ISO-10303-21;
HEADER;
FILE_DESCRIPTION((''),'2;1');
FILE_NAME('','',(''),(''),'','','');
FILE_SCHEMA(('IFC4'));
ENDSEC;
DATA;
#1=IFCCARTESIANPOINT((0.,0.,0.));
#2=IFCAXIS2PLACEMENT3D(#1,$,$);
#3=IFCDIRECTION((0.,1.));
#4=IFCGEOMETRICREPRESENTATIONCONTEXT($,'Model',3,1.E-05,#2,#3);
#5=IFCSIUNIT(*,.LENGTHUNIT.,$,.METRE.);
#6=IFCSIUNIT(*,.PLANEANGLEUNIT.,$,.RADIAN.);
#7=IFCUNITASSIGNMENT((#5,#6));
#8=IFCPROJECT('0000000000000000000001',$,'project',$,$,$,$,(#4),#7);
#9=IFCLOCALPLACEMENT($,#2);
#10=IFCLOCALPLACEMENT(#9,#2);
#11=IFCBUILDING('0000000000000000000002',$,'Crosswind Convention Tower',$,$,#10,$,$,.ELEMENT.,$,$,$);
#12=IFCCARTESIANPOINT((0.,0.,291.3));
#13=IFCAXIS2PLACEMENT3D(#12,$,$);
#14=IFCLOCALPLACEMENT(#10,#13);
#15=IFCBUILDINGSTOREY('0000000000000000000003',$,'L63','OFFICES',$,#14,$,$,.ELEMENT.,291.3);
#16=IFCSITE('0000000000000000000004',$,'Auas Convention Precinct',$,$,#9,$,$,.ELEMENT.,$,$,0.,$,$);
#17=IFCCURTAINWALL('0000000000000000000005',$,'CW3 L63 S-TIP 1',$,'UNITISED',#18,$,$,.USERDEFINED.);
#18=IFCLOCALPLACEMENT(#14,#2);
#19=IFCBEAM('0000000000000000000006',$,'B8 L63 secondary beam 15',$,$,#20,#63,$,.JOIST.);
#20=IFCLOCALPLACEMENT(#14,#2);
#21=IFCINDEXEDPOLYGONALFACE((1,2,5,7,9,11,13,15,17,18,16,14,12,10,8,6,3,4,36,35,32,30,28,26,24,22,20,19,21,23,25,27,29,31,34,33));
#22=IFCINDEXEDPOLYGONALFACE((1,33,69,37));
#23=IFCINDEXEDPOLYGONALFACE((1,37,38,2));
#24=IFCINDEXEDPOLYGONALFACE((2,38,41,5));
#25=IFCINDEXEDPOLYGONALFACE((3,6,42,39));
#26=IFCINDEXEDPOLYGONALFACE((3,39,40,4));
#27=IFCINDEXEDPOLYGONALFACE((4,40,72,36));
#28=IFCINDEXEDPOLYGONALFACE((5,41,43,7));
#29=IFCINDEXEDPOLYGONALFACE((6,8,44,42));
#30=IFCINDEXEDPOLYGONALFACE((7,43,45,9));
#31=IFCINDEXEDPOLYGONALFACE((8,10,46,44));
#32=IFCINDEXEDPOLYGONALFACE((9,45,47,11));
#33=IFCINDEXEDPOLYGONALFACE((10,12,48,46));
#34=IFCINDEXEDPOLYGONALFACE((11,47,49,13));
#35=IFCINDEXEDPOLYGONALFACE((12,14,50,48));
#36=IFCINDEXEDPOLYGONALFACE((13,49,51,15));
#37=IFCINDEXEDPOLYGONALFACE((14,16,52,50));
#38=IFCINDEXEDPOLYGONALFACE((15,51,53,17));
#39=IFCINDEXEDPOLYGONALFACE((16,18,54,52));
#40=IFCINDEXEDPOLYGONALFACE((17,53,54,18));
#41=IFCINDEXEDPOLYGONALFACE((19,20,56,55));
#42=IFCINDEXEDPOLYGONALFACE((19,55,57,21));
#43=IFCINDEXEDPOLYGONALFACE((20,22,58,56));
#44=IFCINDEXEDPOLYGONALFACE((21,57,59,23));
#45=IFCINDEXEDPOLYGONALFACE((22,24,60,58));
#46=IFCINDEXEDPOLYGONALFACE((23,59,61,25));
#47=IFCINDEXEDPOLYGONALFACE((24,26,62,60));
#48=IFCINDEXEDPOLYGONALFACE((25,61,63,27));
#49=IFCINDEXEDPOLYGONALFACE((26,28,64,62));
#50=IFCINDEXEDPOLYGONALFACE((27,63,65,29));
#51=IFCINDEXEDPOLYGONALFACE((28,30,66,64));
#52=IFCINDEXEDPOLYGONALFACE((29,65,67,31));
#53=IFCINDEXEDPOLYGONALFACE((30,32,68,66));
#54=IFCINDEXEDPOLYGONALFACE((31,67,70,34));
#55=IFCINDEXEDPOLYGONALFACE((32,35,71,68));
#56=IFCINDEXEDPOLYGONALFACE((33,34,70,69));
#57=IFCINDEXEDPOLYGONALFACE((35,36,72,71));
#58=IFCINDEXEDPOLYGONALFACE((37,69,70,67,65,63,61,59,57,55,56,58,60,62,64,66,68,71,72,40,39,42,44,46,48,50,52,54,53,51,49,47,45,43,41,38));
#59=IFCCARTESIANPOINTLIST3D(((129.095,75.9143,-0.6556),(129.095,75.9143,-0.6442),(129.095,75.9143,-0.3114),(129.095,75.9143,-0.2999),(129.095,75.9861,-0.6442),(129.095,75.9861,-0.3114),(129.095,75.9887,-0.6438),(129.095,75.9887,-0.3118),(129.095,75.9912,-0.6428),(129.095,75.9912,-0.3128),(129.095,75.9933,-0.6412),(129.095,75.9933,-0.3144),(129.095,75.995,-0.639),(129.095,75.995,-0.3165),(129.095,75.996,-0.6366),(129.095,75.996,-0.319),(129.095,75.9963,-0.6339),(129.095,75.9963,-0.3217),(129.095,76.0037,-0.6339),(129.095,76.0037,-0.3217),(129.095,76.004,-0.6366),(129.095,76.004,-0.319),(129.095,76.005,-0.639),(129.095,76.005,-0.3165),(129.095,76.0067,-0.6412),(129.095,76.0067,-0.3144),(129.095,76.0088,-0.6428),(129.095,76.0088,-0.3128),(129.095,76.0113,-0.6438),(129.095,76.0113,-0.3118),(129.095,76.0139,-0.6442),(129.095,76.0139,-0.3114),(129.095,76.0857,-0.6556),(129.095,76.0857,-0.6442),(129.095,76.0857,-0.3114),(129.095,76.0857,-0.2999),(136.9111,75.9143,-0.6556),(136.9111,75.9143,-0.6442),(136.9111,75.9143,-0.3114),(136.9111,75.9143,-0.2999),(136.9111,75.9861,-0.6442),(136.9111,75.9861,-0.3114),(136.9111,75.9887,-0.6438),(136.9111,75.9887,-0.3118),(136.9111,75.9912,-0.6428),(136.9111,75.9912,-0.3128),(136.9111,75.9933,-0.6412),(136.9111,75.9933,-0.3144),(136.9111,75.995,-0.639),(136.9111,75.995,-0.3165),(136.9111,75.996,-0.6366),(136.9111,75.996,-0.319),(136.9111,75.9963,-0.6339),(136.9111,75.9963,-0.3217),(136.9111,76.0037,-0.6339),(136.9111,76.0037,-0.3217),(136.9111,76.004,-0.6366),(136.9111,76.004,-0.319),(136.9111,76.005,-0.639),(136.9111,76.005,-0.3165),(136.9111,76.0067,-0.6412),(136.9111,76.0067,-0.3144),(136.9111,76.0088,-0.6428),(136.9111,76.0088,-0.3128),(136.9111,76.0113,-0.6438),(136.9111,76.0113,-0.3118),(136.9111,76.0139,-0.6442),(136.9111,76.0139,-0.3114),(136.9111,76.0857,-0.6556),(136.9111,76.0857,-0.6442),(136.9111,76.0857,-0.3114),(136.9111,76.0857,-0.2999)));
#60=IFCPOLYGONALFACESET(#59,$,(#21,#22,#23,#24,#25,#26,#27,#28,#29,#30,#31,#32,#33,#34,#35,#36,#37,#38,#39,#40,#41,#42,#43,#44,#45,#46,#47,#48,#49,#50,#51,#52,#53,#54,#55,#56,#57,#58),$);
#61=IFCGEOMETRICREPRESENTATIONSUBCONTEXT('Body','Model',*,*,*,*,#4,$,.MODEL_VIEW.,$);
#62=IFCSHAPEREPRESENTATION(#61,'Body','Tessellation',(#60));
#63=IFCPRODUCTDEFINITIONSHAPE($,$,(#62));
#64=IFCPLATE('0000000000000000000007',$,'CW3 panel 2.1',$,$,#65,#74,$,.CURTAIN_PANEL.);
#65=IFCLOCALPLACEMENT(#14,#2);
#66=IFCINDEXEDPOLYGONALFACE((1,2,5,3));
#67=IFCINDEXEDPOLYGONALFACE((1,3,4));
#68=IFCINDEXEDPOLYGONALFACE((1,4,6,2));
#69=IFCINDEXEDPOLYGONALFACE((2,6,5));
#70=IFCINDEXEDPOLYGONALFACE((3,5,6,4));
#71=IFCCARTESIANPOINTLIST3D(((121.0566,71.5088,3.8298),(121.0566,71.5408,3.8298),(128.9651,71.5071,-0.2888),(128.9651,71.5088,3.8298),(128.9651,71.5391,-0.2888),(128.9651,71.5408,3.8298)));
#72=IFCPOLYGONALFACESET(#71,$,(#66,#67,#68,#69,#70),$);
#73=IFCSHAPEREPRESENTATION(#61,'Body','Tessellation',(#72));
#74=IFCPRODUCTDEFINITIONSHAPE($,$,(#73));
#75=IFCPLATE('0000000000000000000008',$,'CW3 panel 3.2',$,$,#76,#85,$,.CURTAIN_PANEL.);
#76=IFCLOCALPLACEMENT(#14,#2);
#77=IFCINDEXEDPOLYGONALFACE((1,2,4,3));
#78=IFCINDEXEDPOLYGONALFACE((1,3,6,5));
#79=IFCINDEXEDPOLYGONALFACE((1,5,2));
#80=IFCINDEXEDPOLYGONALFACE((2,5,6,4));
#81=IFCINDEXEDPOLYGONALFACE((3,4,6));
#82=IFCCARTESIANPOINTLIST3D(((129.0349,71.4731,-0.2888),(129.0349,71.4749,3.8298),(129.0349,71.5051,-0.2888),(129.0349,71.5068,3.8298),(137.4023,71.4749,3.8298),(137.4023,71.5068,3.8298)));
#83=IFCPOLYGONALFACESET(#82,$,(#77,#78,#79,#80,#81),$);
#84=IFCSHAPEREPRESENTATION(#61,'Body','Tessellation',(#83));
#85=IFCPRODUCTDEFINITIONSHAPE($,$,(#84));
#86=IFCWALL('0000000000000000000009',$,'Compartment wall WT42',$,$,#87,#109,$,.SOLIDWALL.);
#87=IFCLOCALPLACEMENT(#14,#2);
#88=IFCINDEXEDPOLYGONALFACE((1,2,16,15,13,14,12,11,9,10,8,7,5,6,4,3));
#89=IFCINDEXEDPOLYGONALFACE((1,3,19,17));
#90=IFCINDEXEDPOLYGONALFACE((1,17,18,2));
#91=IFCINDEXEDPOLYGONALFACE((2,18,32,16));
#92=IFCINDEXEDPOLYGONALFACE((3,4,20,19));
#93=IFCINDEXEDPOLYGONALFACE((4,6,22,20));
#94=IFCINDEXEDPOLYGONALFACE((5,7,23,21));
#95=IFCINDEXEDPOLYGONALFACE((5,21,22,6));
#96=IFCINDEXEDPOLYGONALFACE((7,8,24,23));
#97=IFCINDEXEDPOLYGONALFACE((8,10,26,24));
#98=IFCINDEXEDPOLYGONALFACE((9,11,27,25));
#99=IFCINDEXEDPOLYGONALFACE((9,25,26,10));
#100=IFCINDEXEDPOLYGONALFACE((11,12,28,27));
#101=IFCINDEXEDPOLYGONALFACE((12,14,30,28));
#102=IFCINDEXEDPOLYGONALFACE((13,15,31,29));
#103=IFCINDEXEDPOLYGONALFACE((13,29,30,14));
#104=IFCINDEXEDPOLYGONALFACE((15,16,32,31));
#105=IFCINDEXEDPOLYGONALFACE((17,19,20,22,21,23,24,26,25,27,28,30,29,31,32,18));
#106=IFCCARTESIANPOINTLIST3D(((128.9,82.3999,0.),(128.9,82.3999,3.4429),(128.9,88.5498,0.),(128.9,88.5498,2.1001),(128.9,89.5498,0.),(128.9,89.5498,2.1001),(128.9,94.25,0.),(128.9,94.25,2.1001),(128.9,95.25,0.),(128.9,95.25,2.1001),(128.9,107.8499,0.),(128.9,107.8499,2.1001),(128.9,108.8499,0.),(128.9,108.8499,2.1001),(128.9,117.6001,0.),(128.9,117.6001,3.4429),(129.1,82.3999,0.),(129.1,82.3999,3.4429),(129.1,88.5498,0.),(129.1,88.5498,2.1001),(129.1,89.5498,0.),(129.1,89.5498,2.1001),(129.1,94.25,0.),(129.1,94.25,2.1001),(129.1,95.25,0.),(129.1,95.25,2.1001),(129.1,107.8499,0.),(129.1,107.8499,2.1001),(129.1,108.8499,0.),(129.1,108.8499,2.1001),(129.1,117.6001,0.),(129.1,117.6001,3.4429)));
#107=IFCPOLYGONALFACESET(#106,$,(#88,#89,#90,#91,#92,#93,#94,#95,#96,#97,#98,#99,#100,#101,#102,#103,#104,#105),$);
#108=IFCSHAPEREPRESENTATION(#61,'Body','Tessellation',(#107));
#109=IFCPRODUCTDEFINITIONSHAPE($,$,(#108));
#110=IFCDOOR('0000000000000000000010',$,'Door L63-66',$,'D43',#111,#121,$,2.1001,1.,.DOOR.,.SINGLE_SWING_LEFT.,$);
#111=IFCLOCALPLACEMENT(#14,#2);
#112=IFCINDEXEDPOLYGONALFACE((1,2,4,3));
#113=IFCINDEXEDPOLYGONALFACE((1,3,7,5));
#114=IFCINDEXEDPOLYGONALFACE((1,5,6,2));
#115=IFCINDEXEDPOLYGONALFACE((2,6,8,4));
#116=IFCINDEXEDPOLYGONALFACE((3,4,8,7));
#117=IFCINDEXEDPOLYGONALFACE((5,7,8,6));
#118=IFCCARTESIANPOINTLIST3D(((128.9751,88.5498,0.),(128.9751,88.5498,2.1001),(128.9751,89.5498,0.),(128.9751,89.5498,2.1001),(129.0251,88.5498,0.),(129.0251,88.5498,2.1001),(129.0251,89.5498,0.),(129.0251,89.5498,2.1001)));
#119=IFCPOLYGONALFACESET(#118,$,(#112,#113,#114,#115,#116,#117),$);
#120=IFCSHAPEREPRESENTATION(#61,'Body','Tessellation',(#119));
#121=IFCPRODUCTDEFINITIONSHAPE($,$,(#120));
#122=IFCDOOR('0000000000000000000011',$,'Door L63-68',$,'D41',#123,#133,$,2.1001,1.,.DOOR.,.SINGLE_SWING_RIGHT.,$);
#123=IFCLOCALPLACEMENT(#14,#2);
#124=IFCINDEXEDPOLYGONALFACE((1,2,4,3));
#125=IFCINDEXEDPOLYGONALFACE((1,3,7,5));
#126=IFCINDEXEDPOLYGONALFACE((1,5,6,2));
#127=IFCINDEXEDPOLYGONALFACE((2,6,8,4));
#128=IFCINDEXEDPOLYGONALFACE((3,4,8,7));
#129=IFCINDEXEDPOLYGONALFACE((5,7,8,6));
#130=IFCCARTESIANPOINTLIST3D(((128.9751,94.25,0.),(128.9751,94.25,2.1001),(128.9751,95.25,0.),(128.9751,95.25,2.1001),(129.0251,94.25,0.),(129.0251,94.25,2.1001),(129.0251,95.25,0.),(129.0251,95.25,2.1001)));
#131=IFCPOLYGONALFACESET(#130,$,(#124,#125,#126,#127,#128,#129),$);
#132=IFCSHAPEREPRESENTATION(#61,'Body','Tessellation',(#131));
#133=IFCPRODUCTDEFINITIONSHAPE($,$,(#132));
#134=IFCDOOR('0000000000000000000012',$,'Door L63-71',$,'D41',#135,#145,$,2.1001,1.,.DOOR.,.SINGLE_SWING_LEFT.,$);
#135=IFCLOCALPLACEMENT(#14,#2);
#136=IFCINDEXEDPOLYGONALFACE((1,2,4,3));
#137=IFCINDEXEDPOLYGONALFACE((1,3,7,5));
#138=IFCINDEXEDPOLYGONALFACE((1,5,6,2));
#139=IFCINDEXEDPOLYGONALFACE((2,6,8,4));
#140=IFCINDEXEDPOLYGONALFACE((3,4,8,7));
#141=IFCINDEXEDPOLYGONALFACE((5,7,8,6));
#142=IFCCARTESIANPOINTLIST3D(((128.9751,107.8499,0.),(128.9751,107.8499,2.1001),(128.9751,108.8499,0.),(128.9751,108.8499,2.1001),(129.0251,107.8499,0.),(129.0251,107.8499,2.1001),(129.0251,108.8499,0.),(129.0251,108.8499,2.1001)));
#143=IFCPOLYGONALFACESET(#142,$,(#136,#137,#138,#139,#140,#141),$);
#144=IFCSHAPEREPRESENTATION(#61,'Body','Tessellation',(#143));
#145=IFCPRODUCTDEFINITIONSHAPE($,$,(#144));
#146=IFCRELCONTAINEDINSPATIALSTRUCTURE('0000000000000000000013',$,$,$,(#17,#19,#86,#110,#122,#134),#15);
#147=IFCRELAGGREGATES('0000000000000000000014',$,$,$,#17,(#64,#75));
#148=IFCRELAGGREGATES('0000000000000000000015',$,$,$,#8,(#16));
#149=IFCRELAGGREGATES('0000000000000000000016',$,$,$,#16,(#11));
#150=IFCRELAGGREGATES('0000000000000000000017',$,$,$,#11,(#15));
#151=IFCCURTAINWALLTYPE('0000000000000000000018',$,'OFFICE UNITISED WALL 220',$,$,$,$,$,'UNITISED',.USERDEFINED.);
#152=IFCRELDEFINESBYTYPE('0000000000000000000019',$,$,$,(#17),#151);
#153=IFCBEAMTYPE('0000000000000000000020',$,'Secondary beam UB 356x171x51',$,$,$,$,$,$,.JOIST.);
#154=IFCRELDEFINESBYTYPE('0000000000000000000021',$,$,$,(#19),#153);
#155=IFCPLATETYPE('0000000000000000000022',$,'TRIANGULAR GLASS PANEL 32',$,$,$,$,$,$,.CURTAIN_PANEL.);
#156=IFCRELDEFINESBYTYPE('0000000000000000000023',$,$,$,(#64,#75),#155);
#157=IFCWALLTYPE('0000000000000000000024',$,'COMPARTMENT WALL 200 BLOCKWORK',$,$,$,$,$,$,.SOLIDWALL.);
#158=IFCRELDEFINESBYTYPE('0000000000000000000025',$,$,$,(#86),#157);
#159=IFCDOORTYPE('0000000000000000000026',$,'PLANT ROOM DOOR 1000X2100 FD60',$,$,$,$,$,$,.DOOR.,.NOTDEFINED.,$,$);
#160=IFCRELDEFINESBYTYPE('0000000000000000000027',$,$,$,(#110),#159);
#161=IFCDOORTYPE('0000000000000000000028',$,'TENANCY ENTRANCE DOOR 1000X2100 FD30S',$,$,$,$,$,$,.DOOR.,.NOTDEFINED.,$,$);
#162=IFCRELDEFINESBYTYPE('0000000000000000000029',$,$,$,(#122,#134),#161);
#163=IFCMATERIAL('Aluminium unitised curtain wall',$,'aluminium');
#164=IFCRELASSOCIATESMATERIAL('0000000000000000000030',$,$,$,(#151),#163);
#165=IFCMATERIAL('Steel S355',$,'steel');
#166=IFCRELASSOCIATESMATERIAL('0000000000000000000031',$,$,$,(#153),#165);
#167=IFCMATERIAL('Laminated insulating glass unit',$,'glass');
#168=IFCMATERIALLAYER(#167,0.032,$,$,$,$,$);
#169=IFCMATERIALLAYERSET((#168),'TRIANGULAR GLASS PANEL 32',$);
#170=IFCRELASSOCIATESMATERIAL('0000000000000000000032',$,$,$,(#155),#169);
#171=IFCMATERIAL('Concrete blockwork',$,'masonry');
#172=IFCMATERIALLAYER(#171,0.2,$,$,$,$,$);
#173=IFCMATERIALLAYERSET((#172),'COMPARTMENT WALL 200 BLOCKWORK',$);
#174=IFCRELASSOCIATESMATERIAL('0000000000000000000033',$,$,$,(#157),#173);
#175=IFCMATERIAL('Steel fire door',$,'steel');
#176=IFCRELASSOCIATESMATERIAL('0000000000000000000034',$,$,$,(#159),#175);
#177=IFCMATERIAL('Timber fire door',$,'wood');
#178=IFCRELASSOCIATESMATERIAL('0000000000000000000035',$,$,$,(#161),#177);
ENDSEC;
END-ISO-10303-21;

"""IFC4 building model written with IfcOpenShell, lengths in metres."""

from ifc_helpers import new_model, si_unit, direction, frame, frame_2d, origin, origin_2d, place, context, subcontext, project, spatial, polyline, rectangle, i_section, outline, extrude, material, layer, layer_set, material_profile, profile_set, type_object, element, fill, aggregate, save


model = new_model("IFC4")

# Units and contexts
model_context = context("Model", 3, precision=1e-05, world=origin(), true_north=direction((0.0, 1.0)))
body_context = subcontext(model_context, "Body", "Model", "MODEL_VIEW")
ifc_project = project(units=[si_unit("LENGTHUNIT", "METRE"), si_unit("PLANEANGLEUNIT", "RADIAN")], contexts=[model_context])

# Site, building, storey
site_placement = place(None, origin())
site = spatial("IfcSite", under=ifc_project, at=site_placement, Name="Auas Convention Precinct", CompositionType="ELEMENT", RefElevation=0.0)
building_placement = place(site_placement, origin())
building = spatial("IfcBuilding", under=site, at=building_placement, Name="Crosswind Convention Tower", CompositionType="ELEMENT")
storey_placement = place(building_placement, frame((0.0, 0.0, 291.3)))
storey = spatial("IfcBuildingStorey", under=building, at=storey_placement, Name="L63", Description="OFFICES", CompositionType="ELEMENT", Elevation=291.3)

# Shared definitions
ifc_material_1 = material(Name="Steel S355", Category="steel")

# Curtain wall
ifc_material_2 = material(Name="Aluminium unitised curtain wall", Category="aluminium")
curtain_wall_type = type_object("IfcCurtainWallType", Name="OFFICE UNITISED WALL 220", ElementType="UNITISED", PredefinedType="USERDEFINED", material=ifc_material_2)
curtain_wall_placement = place(storey_placement, origin())
curtain_wall = element("IfcCurtainWall", 1, at=curtain_wall_placement, inside=storey, type_object=curtain_wall_type, Name="CW3 L63 S-TIP 1", ObjectType="UNITISED", PredefinedType="USERDEFINED")

# Beam
ifc_material_profile_1 = material_profile(ifc_material_1, i_section(OverallWidth=0.1714, OverallDepth=0.3557, WebThickness=0.0073, FlangeThickness=0.0115, FilletRadius=0.0103, at=origin_2d()), Name="UB 356x171x51")
ifc_profile_set_1 = profile_set([ifc_material_profile_1], Name="Steel S355")
beam_type_1 = type_object("IfcBeamType", Name="Secondary beam UB 356x171x51", PredefinedType="JOIST", material=ifc_profile_set_1)
beam_1_placement = place(storey_placement, frame((129.095, 76.0, -0.4778), z_axis=(1.0, 0.0, 0.0), x_axis=(0.0, 1.0, 0.0)))
element("IfcBeam", 2, at=beam_1_placement, inside=storey, type_object=beam_type_1, Name="B8 L63 secondary beam 15", PredefinedType="JOIST", context=body_context, shape_type="SweptSolid", body=[
    extrude(i_section(OverallWidth=0.1714, OverallDepth=0.3557, WebThickness=0.0073, FlangeThickness=0.0115, FilletRadius=0.0103, at=origin_2d()), origin(), (0.0, 0.0, 1.0), 7.8162),
])

# Plates
ifc_material_3 = material(Name="Laminated insulating glass unit", Category="glass")
ifc_layer_1 = layer(ifc_material_3, 0.032)
ifc_layer_set_1 = layer_set([ifc_layer_1], Name="TRIANGULAR GLASS PANEL 32")
plate_type = type_object("IfcPlateType", Name="TRIANGULAR GLASS PANEL 32", PredefinedType="CURTAIN_PANEL", material=ifc_layer_set_1)
plate_1_placement = place(storey_placement, frame((128.9651, 71.5088, 3.8298), z_axis=(0.0, -1.0, 0.000415), x_axis=(-1.0, 0.0, 0.0)))
plate_1 = element("IfcPlate", 3, at=plate_1_placement, type_object=plate_type, Name="CW3 panel 2.1", PredefinedType="CURTAIN_PANEL", context=body_context, shape_type="SweptSolid", body=[
    extrude(outline(polyline([(0.0, 0.0), (7.9084, 0.0), (0.0, 4.1187), (0.0, 0.0)])), origin(), (0.0, 0.0, -1.0), 0.032),
])
plate_2_placement = place(storey_placement, frame((129.0349, 71.4749, 3.8298), z_axis=(0.0, -1.0, 0.000415), x_axis=(0.0, -0.000415, -1.0)))
plate_2 = element("IfcPlate", 4, at=plate_2_placement, type_object=plate_type, Name="CW3 panel 3.2", PredefinedType="CURTAIN_PANEL", context=body_context, shape_type="SweptSolid", body=[
    extrude(outline(polyline([(0.0, 0.0), (4.1187, 0.0), (0.0, 8.3674), (0.0, 0.0)])), origin(), (0.0, 0.0, -1.0), 0.032),
])
aggregate(curtain_wall, [plate_1, plate_2])

# Wall, openings, doors
ifc_material_4 = material(Name="Concrete blockwork", Category="masonry")
ifc_layer_2 = layer(ifc_material_4, 0.2)
ifc_layer_set_2 = layer_set([ifc_layer_2], Name="COMPARTMENT WALL 200 BLOCKWORK")
wall_type_1 = type_object("IfcWallType", Name="COMPARTMENT WALL 200 BLOCKWORK", PredefinedType="SOLIDWALL", material=ifc_layer_set_2)
wall_1_placement = place(storey_placement, frame((129.0, 82.3999, 0.0), z_axis=(0.0, 0.0, 1.0), x_axis=(0.0, 1.0, 0.0)))
wall_1 = element("IfcWall", 5, at=wall_1_placement, inside=storey, type_object=wall_type_1, Name="Compartment wall WT42", PredefinedType="SOLIDWALL", context=body_context, shape_type="SweptSolid", body=[
    extrude(rectangle(XDim=35.2002, YDim=0.2, at=frame_2d((17.6001, 0.0))), origin(), (0.0, 0.0, 1.0), 3.4429),
])
opening_1_placement = place(wall_1_placement, frame((6.1499, 0.0, 0.0)))
opening_1 = element("IfcOpeningElement", 6, at=opening_1_placement, cuts=wall_1, PredefinedType="OPENING", context=body_context, shape_type="SweptSolid", body=[
    extrude(rectangle(XDim=1.0, YDim=2.1001, at=frame_2d((0.5, 1.05))), frame((0.0, 0.1099, 0.0), z_axis=(0.0, -1.0, 0.0), x_axis=(1.0, 0.0, 0.0)), (0.0, 0.0, 1.0), 0.22),
])
opening_2_placement = place(wall_1_placement, frame((11.8501, 0.0, 0.0)))
opening_2 = element("IfcOpeningElement", 7, at=opening_2_placement, cuts=wall_1, PredefinedType="OPENING", context=body_context, shape_type="SweptSolid", body=[
    extrude(rectangle(XDim=1.0, YDim=2.1001, at=frame_2d((0.5, 1.05))), frame((0.0, 0.1099, 0.0), z_axis=(0.0, -1.0, 0.0), x_axis=(1.0, 0.0, 0.0)), (0.0, 0.0, 1.0), 0.22),
])
opening_3_placement = place(wall_1_placement, frame((25.45, 0.0, 0.0)))
opening_3 = element("IfcOpeningElement", 8, at=opening_3_placement, cuts=wall_1, PredefinedType="OPENING", context=body_context, shape_type="SweptSolid", body=[
    extrude(rectangle(XDim=1.0, YDim=2.1001, at=frame_2d((0.5, 1.05))), frame((0.0, 0.1099, 0.0), z_axis=(0.0, -1.0, 0.0), x_axis=(1.0, 0.0, 0.0)), (0.0, 0.0, 1.0), 0.22),
])
ifc_material_5 = material(Name="Steel fire door", Category="steel")
door_type_1 = type_object("IfcDoorType", Name="PLANT ROOM DOOR 1000X2100 FD60", OperationType="NOTDEFINED", PredefinedType="DOOR", material=ifc_material_5)
door_1_placement = place(opening_1_placement, origin())
door_1 = element("IfcDoor", 9, at=door_1_placement, inside=storey, type_object=door_type_1, Name="Door L63-66", ObjectType="D43", OperationType="SINGLE_SWING_LEFT", OverallHeight=2.1001, OverallWidth=1.0, PredefinedType="DOOR", context=body_context, shape_type="SweptSolid", body=[
    extrude(rectangle(XDim=1.0, YDim=2.1001, at=frame_2d((0.5, 1.05))), frame((0.0, 0.0249, 0.0), z_axis=(0.0, -1.0, 0.0), x_axis=(1.0, 0.0, 0.0)), (0.0, 0.0, 1.0), 0.05),
])
fill(opening_1, door_1)
ifc_material_6 = material(Name="Timber fire door", Category="wood")
door_type_2 = type_object("IfcDoorType", Name="TENANCY ENTRANCE DOOR 1000X2100 FD30S", OperationType="NOTDEFINED", PredefinedType="DOOR", material=ifc_material_6)
door_2_placement = place(opening_2_placement, origin())
door_2 = element("IfcDoor", 10, at=door_2_placement, inside=storey, type_object=door_type_2, Name="Door L63-68", ObjectType="D41", OperationType="SINGLE_SWING_RIGHT", OverallHeight=2.1001, OverallWidth=1.0, PredefinedType="DOOR", context=body_context, shape_type="SweptSolid", body=[
    extrude(rectangle(XDim=1.0, YDim=2.1001, at=frame_2d((0.5, 1.05))), frame((0.0, 0.0249, 0.0), z_axis=(0.0, -1.0, 0.0), x_axis=(1.0, 0.0, 0.0)), (0.0, 0.0, 1.0), 0.05),
])
fill(opening_2, door_2)
door_3_placement = place(opening_3_placement, origin())
door_3 = element("IfcDoor", 11, at=door_3_placement, inside=storey, type_object=door_type_2, Name="Door L63-71", ObjectType="D41", OperationType="SINGLE_SWING_LEFT", OverallHeight=2.1001, OverallWidth=1.0, PredefinedType="DOOR", context=body_context, shape_type="SweptSolid", body=[
    extrude(rectangle(XDim=1.0, YDim=2.1001, at=frame_2d((0.5, 1.05))), frame((0.0, 0.0249, 0.0), z_axis=(0.0, -1.0, 0.0), x_axis=(1.0, 0.0, 0.0)), (0.0, 0.0, 1.0), 0.05),
])
fill(opening_3, door_3)

save(model, "model.ifc")
